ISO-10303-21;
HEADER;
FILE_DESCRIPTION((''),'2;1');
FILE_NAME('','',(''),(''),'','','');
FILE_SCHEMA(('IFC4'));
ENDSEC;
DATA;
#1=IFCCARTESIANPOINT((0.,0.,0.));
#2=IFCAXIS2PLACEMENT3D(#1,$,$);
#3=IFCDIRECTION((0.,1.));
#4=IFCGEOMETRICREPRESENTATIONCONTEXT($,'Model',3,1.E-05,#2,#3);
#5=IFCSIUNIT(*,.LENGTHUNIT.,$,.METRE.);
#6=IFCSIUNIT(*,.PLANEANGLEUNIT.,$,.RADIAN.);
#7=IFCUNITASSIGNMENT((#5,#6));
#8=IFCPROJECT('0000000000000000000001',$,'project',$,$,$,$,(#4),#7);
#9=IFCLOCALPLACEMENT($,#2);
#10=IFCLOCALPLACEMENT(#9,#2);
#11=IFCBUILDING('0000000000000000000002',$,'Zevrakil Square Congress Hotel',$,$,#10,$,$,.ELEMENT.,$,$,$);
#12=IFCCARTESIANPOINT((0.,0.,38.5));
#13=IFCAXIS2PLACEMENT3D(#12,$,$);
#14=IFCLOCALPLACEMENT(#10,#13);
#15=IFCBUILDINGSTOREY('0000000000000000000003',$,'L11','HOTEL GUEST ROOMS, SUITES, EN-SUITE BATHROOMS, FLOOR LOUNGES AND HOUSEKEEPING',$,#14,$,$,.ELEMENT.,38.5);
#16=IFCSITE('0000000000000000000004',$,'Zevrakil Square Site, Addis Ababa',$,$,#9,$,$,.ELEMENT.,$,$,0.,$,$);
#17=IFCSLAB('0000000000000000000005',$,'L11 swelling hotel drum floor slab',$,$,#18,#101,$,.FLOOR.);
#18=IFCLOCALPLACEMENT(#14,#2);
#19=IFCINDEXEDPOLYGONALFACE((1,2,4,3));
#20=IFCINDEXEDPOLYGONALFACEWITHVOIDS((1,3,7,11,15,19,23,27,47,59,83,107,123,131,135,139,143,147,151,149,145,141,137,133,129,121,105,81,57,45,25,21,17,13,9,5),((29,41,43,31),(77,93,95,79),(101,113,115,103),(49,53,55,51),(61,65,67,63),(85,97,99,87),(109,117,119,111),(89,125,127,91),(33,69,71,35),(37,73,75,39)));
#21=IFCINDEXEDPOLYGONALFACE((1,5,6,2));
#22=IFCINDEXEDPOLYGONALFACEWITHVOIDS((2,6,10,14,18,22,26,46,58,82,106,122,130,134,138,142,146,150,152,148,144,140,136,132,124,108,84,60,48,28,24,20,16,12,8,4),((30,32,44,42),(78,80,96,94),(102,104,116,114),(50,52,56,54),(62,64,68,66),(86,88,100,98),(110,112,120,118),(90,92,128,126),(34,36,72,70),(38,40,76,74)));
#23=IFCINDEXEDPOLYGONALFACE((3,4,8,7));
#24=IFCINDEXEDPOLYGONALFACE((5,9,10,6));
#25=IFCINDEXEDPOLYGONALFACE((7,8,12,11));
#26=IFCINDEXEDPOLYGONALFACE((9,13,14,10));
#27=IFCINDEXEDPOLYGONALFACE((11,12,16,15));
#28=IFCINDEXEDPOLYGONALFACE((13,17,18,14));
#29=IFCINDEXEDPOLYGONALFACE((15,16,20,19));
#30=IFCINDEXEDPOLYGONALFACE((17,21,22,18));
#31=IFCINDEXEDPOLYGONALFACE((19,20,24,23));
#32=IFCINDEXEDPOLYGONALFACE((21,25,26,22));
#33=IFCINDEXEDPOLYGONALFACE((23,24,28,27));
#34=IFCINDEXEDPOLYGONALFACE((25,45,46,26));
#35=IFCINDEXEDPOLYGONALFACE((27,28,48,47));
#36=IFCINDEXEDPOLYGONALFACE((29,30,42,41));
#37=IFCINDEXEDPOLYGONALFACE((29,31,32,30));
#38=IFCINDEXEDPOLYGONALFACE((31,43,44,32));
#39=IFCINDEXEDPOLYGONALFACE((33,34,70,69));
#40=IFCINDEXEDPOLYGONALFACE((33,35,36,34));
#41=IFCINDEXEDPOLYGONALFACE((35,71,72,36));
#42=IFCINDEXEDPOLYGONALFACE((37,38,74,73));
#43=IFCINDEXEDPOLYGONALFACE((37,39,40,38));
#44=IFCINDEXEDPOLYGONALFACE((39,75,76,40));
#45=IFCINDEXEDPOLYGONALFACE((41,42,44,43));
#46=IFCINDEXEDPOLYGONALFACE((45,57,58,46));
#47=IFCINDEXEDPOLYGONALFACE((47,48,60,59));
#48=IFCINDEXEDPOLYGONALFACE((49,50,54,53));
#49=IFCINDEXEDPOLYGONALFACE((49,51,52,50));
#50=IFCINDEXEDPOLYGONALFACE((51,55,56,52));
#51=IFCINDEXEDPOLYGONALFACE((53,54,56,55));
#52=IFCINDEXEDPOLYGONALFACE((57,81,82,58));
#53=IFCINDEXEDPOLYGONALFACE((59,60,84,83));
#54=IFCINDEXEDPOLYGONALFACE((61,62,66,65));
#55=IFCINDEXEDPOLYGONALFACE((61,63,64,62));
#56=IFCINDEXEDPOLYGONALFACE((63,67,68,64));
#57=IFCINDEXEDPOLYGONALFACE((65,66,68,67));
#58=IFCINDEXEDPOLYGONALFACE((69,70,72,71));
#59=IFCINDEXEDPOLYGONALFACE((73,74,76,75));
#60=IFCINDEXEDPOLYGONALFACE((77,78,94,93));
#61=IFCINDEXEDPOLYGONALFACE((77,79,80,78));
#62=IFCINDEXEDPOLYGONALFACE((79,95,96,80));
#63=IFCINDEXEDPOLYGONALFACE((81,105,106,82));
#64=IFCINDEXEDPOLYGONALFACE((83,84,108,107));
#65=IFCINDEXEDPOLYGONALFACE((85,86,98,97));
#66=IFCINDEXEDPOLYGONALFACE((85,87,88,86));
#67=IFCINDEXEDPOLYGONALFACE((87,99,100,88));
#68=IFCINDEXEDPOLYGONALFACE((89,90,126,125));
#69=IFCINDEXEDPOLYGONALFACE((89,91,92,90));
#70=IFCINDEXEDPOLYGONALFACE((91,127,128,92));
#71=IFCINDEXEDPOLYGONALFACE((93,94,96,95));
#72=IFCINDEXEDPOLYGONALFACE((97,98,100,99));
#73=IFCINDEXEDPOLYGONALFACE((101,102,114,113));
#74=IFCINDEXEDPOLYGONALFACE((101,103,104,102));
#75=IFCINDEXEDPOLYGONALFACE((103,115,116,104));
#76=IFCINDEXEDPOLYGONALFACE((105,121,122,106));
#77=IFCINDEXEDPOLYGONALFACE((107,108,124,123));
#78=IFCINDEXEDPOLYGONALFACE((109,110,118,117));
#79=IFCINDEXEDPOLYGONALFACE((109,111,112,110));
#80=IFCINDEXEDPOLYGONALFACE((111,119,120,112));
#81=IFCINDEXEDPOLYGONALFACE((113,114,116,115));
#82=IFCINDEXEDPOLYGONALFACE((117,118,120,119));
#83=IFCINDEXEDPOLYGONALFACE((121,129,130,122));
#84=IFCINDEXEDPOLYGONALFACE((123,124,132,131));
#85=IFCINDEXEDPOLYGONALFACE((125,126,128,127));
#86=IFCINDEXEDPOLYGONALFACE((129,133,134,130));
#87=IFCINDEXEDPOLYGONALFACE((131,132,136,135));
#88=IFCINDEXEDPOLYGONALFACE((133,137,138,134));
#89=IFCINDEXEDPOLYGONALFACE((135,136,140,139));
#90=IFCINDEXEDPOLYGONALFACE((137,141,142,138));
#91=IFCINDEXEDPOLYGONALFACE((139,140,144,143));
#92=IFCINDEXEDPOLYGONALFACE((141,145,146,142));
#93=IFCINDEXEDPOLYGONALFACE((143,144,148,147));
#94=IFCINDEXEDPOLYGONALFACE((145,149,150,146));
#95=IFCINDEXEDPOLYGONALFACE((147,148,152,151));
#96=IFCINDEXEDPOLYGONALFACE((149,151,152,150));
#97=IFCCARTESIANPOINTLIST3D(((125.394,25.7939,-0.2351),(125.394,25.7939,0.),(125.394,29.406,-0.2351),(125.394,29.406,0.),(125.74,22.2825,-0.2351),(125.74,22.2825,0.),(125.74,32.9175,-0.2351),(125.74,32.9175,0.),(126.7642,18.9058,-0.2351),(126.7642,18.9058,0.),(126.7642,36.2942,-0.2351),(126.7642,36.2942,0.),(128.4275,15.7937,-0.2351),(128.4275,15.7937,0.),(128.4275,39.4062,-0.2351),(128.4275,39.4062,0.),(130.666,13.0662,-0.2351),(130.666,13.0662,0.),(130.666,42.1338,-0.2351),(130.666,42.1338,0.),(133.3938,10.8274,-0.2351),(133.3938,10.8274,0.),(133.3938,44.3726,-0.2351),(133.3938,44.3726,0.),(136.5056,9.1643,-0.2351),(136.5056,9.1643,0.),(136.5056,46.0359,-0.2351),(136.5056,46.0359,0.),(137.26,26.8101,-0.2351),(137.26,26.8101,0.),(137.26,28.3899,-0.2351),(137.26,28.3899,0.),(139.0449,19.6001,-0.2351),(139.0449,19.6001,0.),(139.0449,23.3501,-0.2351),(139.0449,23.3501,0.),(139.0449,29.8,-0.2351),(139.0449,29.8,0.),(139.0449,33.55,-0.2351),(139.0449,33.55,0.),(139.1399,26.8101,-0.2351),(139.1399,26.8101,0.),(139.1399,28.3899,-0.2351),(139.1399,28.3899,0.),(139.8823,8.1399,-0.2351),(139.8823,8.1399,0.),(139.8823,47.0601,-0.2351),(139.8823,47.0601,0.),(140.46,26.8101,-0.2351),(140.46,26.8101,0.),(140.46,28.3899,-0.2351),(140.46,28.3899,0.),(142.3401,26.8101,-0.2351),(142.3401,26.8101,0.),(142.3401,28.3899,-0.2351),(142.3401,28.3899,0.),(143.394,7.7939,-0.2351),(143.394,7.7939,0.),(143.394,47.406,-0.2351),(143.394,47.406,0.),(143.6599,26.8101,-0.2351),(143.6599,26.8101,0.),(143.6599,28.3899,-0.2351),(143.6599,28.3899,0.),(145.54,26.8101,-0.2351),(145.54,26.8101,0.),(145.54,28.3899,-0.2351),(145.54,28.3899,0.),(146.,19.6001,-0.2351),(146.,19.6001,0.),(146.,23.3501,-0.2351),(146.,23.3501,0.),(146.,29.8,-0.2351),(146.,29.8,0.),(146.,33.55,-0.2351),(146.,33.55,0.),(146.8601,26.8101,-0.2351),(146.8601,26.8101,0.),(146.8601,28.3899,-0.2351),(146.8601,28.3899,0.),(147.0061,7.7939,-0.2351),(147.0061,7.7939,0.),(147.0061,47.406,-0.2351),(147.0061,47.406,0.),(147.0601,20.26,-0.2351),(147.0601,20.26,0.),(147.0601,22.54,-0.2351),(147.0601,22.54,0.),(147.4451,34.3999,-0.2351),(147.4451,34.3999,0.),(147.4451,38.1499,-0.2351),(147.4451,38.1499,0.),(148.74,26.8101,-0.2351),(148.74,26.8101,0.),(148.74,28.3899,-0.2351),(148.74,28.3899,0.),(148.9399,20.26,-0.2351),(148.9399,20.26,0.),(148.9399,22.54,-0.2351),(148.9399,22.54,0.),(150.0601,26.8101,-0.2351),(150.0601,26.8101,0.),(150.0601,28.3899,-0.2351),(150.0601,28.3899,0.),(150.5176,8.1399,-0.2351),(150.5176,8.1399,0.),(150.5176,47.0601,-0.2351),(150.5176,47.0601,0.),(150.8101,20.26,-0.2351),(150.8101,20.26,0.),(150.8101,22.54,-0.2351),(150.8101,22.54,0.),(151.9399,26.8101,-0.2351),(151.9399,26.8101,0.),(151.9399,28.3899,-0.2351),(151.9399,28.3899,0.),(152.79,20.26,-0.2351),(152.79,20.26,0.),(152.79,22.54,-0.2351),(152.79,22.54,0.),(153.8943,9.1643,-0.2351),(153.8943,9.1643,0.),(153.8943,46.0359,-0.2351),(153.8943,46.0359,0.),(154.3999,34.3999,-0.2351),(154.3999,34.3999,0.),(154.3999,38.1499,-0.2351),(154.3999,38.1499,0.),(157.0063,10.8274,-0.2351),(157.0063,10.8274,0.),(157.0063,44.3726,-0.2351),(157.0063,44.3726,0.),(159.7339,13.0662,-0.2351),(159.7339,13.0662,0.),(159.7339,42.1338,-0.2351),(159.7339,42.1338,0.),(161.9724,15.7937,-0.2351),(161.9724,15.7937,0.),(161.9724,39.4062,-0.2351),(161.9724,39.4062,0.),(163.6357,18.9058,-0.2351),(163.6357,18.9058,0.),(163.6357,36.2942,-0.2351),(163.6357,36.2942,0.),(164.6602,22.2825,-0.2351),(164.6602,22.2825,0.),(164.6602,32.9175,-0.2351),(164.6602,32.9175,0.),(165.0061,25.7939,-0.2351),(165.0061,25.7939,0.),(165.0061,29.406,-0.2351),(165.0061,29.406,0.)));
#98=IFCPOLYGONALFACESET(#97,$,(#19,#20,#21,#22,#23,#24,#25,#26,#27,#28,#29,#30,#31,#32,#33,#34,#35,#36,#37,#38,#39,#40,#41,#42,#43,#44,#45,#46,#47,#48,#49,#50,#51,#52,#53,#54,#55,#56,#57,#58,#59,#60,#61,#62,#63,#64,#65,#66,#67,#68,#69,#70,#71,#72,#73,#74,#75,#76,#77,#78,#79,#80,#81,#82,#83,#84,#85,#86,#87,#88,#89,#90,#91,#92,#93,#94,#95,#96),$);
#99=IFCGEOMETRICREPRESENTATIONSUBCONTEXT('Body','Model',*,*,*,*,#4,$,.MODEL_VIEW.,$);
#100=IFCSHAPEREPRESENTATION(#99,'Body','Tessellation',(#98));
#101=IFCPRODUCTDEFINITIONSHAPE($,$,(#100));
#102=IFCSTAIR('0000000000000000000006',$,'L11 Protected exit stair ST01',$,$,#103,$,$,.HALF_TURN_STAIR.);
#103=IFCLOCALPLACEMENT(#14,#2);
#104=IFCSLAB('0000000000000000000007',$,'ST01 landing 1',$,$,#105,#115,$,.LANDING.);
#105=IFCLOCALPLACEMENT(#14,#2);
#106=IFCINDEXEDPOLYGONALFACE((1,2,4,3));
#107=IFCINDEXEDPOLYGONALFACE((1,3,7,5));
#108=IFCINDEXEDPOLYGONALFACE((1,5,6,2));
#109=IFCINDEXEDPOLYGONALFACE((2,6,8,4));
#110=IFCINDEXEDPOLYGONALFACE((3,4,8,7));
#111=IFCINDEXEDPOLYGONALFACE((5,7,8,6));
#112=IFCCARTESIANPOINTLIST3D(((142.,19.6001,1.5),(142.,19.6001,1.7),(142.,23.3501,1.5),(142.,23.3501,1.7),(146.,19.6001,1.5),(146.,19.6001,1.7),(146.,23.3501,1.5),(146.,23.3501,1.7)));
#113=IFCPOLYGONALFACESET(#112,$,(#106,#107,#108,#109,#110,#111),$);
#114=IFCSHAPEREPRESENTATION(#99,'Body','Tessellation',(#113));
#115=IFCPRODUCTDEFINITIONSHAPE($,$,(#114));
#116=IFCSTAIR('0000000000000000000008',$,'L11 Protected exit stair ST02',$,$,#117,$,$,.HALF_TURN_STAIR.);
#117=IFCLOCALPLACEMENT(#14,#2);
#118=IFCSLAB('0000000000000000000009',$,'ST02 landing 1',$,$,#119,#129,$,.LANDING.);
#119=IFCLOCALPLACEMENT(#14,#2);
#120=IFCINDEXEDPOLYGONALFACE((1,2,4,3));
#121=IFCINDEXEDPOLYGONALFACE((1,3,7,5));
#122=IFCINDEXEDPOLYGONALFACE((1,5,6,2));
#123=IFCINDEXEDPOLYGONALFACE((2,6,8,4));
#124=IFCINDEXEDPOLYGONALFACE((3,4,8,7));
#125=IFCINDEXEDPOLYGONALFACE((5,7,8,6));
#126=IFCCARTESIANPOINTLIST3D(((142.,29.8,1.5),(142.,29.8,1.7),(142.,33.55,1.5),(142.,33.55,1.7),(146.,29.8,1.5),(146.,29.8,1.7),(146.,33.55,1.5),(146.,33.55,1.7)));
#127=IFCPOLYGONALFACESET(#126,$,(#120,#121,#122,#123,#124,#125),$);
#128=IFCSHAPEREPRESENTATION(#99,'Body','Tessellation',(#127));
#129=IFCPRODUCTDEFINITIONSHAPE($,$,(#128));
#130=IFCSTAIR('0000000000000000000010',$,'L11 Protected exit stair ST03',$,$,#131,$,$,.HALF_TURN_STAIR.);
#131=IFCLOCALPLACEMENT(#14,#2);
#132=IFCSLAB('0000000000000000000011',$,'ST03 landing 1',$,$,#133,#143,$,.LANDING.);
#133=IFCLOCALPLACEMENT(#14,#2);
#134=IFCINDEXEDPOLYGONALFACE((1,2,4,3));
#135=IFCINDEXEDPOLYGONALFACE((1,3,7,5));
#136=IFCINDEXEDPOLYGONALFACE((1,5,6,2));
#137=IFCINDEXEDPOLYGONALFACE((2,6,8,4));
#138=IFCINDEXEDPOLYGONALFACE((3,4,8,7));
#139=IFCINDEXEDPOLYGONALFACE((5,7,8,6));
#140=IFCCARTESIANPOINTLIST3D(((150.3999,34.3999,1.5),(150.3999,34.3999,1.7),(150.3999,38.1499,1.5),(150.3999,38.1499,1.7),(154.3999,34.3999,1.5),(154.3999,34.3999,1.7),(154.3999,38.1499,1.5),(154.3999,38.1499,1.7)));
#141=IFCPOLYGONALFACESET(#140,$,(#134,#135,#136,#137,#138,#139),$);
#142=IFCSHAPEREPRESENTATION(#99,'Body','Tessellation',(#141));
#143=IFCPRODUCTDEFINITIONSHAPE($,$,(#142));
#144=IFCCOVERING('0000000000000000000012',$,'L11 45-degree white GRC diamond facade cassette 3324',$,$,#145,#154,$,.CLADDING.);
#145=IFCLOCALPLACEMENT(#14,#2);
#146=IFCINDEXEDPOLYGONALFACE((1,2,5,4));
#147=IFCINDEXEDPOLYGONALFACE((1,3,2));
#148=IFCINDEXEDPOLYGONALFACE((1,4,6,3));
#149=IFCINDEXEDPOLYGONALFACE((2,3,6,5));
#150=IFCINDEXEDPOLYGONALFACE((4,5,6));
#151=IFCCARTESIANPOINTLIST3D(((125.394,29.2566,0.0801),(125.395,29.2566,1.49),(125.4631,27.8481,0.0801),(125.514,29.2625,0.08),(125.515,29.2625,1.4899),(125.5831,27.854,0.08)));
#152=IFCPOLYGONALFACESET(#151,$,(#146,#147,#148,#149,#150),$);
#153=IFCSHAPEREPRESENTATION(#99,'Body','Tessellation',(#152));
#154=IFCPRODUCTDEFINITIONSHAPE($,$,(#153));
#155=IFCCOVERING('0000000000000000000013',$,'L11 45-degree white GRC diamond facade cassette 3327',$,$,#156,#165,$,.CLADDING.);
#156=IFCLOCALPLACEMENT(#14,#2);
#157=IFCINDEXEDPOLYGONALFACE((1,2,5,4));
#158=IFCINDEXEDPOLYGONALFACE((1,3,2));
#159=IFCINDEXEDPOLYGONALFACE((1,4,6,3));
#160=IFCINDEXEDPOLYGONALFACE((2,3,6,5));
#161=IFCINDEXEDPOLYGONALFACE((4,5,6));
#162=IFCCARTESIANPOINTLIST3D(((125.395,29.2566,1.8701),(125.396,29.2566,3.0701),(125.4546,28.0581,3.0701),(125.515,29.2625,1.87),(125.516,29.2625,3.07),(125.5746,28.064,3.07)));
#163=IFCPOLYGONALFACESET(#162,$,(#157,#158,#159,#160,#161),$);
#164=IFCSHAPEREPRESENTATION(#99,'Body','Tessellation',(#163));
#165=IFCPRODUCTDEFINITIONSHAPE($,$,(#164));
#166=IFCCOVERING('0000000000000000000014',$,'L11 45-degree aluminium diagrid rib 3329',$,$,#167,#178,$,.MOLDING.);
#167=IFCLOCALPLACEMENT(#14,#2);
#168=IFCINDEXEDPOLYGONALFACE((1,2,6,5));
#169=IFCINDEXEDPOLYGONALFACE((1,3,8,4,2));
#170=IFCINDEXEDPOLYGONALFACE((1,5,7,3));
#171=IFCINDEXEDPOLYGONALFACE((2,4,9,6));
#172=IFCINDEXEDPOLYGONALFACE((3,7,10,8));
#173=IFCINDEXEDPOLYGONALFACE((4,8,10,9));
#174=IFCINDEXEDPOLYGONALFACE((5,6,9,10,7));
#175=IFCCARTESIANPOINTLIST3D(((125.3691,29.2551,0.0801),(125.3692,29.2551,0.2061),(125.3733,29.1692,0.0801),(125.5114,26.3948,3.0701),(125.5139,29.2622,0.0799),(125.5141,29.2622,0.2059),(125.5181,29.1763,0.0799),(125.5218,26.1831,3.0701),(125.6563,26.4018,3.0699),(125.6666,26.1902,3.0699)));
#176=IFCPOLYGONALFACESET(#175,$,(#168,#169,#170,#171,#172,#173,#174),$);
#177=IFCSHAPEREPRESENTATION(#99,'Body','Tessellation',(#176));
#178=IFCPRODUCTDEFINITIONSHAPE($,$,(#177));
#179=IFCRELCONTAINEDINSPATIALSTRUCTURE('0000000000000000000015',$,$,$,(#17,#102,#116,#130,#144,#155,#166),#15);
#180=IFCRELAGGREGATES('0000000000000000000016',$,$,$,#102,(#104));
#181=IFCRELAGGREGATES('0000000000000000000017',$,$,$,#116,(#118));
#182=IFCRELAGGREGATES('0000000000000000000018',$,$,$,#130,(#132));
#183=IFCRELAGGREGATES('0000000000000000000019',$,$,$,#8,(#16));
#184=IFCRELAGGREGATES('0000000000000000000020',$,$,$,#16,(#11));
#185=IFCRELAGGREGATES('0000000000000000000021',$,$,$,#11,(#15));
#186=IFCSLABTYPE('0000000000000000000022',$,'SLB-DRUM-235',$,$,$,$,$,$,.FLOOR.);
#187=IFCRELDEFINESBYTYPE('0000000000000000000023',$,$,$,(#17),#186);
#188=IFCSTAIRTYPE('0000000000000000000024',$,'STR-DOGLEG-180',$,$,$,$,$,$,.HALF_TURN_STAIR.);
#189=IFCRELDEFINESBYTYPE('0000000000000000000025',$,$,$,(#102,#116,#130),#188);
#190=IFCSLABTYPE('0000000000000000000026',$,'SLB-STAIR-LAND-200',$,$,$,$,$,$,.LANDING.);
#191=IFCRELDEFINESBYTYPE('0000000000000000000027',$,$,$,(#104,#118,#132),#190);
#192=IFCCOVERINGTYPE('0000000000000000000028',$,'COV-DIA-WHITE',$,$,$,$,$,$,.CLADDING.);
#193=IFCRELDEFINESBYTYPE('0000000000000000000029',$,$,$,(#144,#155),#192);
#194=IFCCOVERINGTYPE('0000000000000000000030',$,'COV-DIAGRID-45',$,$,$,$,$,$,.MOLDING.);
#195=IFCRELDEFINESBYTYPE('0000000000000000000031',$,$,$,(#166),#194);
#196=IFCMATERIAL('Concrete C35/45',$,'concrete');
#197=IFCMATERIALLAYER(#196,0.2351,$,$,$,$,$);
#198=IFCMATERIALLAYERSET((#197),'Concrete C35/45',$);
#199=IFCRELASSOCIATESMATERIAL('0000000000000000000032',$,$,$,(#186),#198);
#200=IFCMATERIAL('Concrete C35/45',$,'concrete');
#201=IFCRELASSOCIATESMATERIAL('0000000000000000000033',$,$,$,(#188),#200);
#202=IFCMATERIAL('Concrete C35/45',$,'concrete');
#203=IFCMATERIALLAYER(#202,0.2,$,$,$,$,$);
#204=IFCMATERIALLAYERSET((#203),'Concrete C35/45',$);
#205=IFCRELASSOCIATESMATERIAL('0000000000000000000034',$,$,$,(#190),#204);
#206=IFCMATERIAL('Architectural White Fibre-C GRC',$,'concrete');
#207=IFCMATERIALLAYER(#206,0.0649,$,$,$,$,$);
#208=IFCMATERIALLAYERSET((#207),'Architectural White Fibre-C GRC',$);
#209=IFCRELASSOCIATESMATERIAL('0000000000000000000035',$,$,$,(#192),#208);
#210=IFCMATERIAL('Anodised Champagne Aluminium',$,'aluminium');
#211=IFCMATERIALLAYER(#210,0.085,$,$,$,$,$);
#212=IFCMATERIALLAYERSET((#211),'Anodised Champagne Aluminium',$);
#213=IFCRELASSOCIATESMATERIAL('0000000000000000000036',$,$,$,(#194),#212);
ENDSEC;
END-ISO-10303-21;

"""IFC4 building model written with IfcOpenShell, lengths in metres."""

from ifc_helpers import new_model, si_unit, direction, frame, origin, place, context, subcontext, project, spatial, polyline, outline, extrude, material, layer, layer_set, type_object, element, aggregate, save


model = new_model("IFC4")

# Units and contexts
model_context = context("Model", 3, precision=1e-05, world=origin(), true_north=direction((0.0, 1.0)))
body_context = subcontext(model_context, "Body", "Model", "MODEL_VIEW")
ifc_project = project(units=[si_unit("LENGTHUNIT", "METRE"), si_unit("PLANEANGLEUNIT", "RADIAN")], contexts=[model_context])

# Site, building, storey
site_placement = place(None, origin())
site = spatial("IfcSite", under=ifc_project, at=site_placement, Name="Zevrakil Square Site, Addis Ababa", CompositionType="ELEMENT", RefElevation=0.0)
building_placement = place(site_placement, origin())
building = spatial("IfcBuilding", under=site, at=building_placement, Name="Zevrakil Square Congress Hotel", CompositionType="ELEMENT")
storey_placement = place(building_placement, frame((0.0, 0.0, 38.5)))
storey = spatial("IfcBuildingStorey", under=building, at=storey_placement, Name="L11", Description="HOTEL GUEST ROOMS, SUITES, EN-SUITE BATHROOMS, FLOOR LOUNGES AND HOUSEKEEPING", CompositionType="ELEMENT", Elevation=38.5)

# Slab
ifc_material_1 = material(Name="Concrete C35/45", Category="concrete")
ifc_layer_1 = layer(ifc_material_1, 0.2351)
ifc_layer_set_1 = layer_set([ifc_layer_1], Name="Concrete C35/45")
slab_type_1 = type_object("IfcSlabType", Name="SLB-DRUM-235", PredefinedType="FLOOR", material=ifc_layer_set_1)
slab_1_placement = place(storey_placement, frame((0.0, 0.0, -0.2351)))
element("IfcSlab", 1, at=slab_1_placement, inside=storey, type_object=slab_type_1, Name="L11 swelling hotel drum floor slab", PredefinedType="FLOOR", context=body_context, shape_type="SweptSolid", body=[
    extrude(outline(polyline([(147.0061, 7.7939), (150.5176, 8.1399), (153.8943, 9.1643), (157.0063, 10.8274), (159.7339, 13.0662), (161.9724, 15.7937), (163.6357, 18.9058), (164.6602, 22.2825), (165.0061, 25.7939), (165.0061, 29.406), (164.6602, 32.9175), (163.6357, 36.2942), (161.9724, 39.4062), (159.7339, 42.1338), (157.0063, 44.3726), (153.8943, 46.0359), (150.5176, 47.0601), (147.0061, 47.406), (143.394, 47.406), (139.8823, 47.0601), (136.5056, 46.0359), (133.3938, 44.3726), (130.666, 42.1338), (128.4275, 39.4062), (126.7642, 36.2942), (125.74, 32.9175), (125.394, 29.406), (125.394, 25.7939), (125.74, 22.2825), (126.7642, 18.9058), (128.4275, 15.7937), (130.666, 13.0662), (133.3938, 10.8274), (136.5056, 9.1643), (139.8823, 8.1399), (143.394, 7.7939), (147.0061, 7.7939)]), holes=[polyline([(139.0449, 19.6001), (146.0, 19.6001), (146.0, 23.3501), (139.0449, 23.3501), (139.0449, 19.6001)]), polyline([(139.0449, 29.8), (146.0, 29.8), (146.0, 33.55), (139.0449, 33.55), (139.0449, 29.8)]), polyline([(147.4451, 34.3999), (154.3999, 34.3999), (154.3999, 38.1499), (147.4451, 38.1499), (147.4451, 34.3999)]), polyline([(137.26, 26.8101), (139.1399, 26.8101), (139.1399, 28.3899), (137.26, 28.3899), (137.26, 26.8101)]), polyline([(140.46, 26.8101), (142.3401, 26.8101), (142.3401, 28.3899), (140.46, 28.3899), (140.46, 26.8101)]), polyline([(143.6599, 26.8101), (145.54, 26.8101), (145.54, 28.3899), (143.6599, 28.3899), (143.6599, 26.8101)]), polyline([(146.8601, 26.8101), (148.74, 26.8101), (148.74, 28.3899), (146.8601, 28.3899), (146.8601, 26.8101)]), polyline([(150.0601, 26.8101), (151.9399, 26.8101), (151.9399, 28.3899), (150.0601, 28.3899), (150.0601, 26.8101)]), polyline([(147.0601, 20.26), (148.9399, 20.26), (148.9399, 22.54), (147.0601, 22.54), (147.0601, 20.26)]), polyline([(150.8101, 20.26), (152.79, 20.26), (152.79, 22.54), (150.8101, 22.54), (150.8101, 20.26)])]), origin(), (0.0, 0.0, 1.0), 0.2351),
])

# Stairs, slabs
ifc_material_2 = material(Name="Concrete C35/45", Category="concrete")
stair_type = type_object("IfcStairType", Name="STR-DOGLEG-180", PredefinedType="HALF_TURN_STAIR", material=ifc_material_2)
stair_1_placement = place(storey_placement, origin())
stair_1 = element("IfcStair", 2, at=stair_1_placement, inside=storey, type_object=stair_type, Name="L11 Protected exit stair ST01", PredefinedType="HALF_TURN_STAIR")
ifc_material_3 = material(Name="Concrete C35/45", Category="concrete")
ifc_layer_2 = layer(ifc_material_3, 0.2)
ifc_layer_set_2 = layer_set([ifc_layer_2], Name="Concrete C35/45")
slab_type_2 = type_object("IfcSlabType", Name="SLB-STAIR-LAND-200", PredefinedType="LANDING", material=ifc_layer_set_2)
slab_2_placement = place(storey_placement, frame((0.0, 0.0, 1.5)))
slab_2 = element("IfcSlab", 3, at=slab_2_placement, type_object=slab_type_2, Name="ST01 landing 1", PredefinedType="LANDING", context=body_context, shape_type="SweptSolid", body=[
    extrude(outline(polyline([(142.0, 19.6001), (146.0, 19.6001), (146.0, 23.3501), (142.0, 23.3501), (142.0, 19.6001)])), origin(), (0.0, 0.0, 1.0), 0.2),
])
aggregate(stair_1, [slab_2])
stair_2_placement = place(storey_placement, origin())
stair_2 = element("IfcStair", 4, at=stair_2_placement, inside=storey, type_object=stair_type, Name="L11 Protected exit stair ST02", PredefinedType="HALF_TURN_STAIR")
slab_3_placement = place(storey_placement, frame((0.0, 0.0, 1.5)))
slab_3 = element("IfcSlab", 5, at=slab_3_placement, type_object=slab_type_2, Name="ST02 landing 1", PredefinedType="LANDING", context=body_context, shape_type="SweptSolid", body=[
    extrude(outline(polyline([(142.0, 29.8), (146.0, 29.8), (146.0, 33.55), (142.0, 33.55), (142.0, 29.8)])), origin(), (0.0, 0.0, 1.0), 0.2),
])
aggregate(stair_2, [slab_3])
stair_3_placement = place(storey_placement, origin())
stair_3 = element("IfcStair", 6, at=stair_3_placement, inside=storey, type_object=stair_type, Name="L11 Protected exit stair ST03", PredefinedType="HALF_TURN_STAIR")
slab_4_placement = place(storey_placement, frame((0.0, 0.0, 1.5)))
slab_4 = element("IfcSlab", 7, at=slab_4_placement, type_object=slab_type_2, Name="ST03 landing 1", PredefinedType="LANDING", context=body_context, shape_type="SweptSolid", body=[
    extrude(outline(polyline([(150.3999, 34.3999), (154.3999, 34.3999), (154.3999, 38.1499), (150.3999, 38.1499), (150.3999, 34.3999)])), origin(), (0.0, 0.0, 1.0), 0.2),
])
aggregate(stair_3, [slab_4])

# Coverings
ifc_material_4 = material(Name="Architectural White Fibre-C GRC", Category="concrete")
ifc_layer_3 = layer(ifc_material_4, 0.0649)
ifc_layer_set_3 = layer_set([ifc_layer_3], Name="Architectural White Fibre-C GRC")
covering_type_1 = type_object("IfcCoveringType", Name="COV-DIA-WHITE", PredefinedType="CLADDING", material=ifc_layer_set_3)
covering_1_placement = place(storey_placement, frame((125.4631, 27.8481, 0.0801), z_axis=(-0.998799, -0.048996, 0.000692), x_axis=(-0.048996, 0.998799, 0.0)))
element("IfcCovering", 8, at=covering_1_placement, inside=storey, type_object=covering_type_1, Name="L11 45-degree white GRC diamond facade cassette 3324", PredefinedType="CLADDING", context=body_context, shape_type="SweptSolid", body=[
    extrude(outline(polyline([(0.0, 0.0), (1.4101, 0.0), (1.4101, -1.4099), (0.0, 0.0)])), origin(), (0.0, 0.0, -1.0), 0.1201),
])
covering_2_placement = place(storey_placement, frame((125.395, 29.2566, 1.8701), z_axis=(-0.998807, -0.048831, 0.000813), x_axis=(0.000814, 0.0, 1.0)))
element("IfcCovering", 9, at=covering_2_placement, inside=storey, type_object=covering_type_1, Name="L11 45-degree white GRC diamond facade cassette 3327", PredefinedType="CLADDING", context=body_context, shape_type="SweptSolid", body=[
    extrude(outline(polyline([(0.0, 0.0), (1.2, 0.0), (1.2, -1.1999), (0.0, 0.0)])), origin(), (0.0, 0.0, -1.0), 0.1201),
])
ifc_material_5 = material(Name="Anodised Champagne Aluminium", Category="aluminium")
ifc_layer_4 = layer(ifc_material_5, 0.085)
ifc_layer_set_4 = layer_set([ifc_layer_4], Name="Anodised Champagne Aluminium")
covering_type_2 = type_object("IfcCoveringType", Name="COV-DIAGRID-45", PredefinedType="MOLDING", material=ifc_layer_set_4)
covering_3_placement = place(storey_placement, frame((125.3733, 29.1692, 0.0801), z_axis=(-0.998811, -0.048735, 0.000928), x_axis=(-0.048735, 0.998812, 0.0)))
element("IfcCovering", 10, at=covering_3_placement, inside=storey, type_object=covering_type_2, Name="L11 45-degree aluminium diagrid rib 3329", PredefinedType="MOLDING", context=body_context, shape_type="SweptSolid", body=[
    extrude(outline(polyline([(0.0, 0.0), (0.086, 0.0), (0.086, -0.126), (-2.7779, -2.99), (-2.9898, -2.99), (0.0, 0.0)])), origin(), (0.0, 0.0, -1.0), 0.145),
])

save(model, "model.ifc")
